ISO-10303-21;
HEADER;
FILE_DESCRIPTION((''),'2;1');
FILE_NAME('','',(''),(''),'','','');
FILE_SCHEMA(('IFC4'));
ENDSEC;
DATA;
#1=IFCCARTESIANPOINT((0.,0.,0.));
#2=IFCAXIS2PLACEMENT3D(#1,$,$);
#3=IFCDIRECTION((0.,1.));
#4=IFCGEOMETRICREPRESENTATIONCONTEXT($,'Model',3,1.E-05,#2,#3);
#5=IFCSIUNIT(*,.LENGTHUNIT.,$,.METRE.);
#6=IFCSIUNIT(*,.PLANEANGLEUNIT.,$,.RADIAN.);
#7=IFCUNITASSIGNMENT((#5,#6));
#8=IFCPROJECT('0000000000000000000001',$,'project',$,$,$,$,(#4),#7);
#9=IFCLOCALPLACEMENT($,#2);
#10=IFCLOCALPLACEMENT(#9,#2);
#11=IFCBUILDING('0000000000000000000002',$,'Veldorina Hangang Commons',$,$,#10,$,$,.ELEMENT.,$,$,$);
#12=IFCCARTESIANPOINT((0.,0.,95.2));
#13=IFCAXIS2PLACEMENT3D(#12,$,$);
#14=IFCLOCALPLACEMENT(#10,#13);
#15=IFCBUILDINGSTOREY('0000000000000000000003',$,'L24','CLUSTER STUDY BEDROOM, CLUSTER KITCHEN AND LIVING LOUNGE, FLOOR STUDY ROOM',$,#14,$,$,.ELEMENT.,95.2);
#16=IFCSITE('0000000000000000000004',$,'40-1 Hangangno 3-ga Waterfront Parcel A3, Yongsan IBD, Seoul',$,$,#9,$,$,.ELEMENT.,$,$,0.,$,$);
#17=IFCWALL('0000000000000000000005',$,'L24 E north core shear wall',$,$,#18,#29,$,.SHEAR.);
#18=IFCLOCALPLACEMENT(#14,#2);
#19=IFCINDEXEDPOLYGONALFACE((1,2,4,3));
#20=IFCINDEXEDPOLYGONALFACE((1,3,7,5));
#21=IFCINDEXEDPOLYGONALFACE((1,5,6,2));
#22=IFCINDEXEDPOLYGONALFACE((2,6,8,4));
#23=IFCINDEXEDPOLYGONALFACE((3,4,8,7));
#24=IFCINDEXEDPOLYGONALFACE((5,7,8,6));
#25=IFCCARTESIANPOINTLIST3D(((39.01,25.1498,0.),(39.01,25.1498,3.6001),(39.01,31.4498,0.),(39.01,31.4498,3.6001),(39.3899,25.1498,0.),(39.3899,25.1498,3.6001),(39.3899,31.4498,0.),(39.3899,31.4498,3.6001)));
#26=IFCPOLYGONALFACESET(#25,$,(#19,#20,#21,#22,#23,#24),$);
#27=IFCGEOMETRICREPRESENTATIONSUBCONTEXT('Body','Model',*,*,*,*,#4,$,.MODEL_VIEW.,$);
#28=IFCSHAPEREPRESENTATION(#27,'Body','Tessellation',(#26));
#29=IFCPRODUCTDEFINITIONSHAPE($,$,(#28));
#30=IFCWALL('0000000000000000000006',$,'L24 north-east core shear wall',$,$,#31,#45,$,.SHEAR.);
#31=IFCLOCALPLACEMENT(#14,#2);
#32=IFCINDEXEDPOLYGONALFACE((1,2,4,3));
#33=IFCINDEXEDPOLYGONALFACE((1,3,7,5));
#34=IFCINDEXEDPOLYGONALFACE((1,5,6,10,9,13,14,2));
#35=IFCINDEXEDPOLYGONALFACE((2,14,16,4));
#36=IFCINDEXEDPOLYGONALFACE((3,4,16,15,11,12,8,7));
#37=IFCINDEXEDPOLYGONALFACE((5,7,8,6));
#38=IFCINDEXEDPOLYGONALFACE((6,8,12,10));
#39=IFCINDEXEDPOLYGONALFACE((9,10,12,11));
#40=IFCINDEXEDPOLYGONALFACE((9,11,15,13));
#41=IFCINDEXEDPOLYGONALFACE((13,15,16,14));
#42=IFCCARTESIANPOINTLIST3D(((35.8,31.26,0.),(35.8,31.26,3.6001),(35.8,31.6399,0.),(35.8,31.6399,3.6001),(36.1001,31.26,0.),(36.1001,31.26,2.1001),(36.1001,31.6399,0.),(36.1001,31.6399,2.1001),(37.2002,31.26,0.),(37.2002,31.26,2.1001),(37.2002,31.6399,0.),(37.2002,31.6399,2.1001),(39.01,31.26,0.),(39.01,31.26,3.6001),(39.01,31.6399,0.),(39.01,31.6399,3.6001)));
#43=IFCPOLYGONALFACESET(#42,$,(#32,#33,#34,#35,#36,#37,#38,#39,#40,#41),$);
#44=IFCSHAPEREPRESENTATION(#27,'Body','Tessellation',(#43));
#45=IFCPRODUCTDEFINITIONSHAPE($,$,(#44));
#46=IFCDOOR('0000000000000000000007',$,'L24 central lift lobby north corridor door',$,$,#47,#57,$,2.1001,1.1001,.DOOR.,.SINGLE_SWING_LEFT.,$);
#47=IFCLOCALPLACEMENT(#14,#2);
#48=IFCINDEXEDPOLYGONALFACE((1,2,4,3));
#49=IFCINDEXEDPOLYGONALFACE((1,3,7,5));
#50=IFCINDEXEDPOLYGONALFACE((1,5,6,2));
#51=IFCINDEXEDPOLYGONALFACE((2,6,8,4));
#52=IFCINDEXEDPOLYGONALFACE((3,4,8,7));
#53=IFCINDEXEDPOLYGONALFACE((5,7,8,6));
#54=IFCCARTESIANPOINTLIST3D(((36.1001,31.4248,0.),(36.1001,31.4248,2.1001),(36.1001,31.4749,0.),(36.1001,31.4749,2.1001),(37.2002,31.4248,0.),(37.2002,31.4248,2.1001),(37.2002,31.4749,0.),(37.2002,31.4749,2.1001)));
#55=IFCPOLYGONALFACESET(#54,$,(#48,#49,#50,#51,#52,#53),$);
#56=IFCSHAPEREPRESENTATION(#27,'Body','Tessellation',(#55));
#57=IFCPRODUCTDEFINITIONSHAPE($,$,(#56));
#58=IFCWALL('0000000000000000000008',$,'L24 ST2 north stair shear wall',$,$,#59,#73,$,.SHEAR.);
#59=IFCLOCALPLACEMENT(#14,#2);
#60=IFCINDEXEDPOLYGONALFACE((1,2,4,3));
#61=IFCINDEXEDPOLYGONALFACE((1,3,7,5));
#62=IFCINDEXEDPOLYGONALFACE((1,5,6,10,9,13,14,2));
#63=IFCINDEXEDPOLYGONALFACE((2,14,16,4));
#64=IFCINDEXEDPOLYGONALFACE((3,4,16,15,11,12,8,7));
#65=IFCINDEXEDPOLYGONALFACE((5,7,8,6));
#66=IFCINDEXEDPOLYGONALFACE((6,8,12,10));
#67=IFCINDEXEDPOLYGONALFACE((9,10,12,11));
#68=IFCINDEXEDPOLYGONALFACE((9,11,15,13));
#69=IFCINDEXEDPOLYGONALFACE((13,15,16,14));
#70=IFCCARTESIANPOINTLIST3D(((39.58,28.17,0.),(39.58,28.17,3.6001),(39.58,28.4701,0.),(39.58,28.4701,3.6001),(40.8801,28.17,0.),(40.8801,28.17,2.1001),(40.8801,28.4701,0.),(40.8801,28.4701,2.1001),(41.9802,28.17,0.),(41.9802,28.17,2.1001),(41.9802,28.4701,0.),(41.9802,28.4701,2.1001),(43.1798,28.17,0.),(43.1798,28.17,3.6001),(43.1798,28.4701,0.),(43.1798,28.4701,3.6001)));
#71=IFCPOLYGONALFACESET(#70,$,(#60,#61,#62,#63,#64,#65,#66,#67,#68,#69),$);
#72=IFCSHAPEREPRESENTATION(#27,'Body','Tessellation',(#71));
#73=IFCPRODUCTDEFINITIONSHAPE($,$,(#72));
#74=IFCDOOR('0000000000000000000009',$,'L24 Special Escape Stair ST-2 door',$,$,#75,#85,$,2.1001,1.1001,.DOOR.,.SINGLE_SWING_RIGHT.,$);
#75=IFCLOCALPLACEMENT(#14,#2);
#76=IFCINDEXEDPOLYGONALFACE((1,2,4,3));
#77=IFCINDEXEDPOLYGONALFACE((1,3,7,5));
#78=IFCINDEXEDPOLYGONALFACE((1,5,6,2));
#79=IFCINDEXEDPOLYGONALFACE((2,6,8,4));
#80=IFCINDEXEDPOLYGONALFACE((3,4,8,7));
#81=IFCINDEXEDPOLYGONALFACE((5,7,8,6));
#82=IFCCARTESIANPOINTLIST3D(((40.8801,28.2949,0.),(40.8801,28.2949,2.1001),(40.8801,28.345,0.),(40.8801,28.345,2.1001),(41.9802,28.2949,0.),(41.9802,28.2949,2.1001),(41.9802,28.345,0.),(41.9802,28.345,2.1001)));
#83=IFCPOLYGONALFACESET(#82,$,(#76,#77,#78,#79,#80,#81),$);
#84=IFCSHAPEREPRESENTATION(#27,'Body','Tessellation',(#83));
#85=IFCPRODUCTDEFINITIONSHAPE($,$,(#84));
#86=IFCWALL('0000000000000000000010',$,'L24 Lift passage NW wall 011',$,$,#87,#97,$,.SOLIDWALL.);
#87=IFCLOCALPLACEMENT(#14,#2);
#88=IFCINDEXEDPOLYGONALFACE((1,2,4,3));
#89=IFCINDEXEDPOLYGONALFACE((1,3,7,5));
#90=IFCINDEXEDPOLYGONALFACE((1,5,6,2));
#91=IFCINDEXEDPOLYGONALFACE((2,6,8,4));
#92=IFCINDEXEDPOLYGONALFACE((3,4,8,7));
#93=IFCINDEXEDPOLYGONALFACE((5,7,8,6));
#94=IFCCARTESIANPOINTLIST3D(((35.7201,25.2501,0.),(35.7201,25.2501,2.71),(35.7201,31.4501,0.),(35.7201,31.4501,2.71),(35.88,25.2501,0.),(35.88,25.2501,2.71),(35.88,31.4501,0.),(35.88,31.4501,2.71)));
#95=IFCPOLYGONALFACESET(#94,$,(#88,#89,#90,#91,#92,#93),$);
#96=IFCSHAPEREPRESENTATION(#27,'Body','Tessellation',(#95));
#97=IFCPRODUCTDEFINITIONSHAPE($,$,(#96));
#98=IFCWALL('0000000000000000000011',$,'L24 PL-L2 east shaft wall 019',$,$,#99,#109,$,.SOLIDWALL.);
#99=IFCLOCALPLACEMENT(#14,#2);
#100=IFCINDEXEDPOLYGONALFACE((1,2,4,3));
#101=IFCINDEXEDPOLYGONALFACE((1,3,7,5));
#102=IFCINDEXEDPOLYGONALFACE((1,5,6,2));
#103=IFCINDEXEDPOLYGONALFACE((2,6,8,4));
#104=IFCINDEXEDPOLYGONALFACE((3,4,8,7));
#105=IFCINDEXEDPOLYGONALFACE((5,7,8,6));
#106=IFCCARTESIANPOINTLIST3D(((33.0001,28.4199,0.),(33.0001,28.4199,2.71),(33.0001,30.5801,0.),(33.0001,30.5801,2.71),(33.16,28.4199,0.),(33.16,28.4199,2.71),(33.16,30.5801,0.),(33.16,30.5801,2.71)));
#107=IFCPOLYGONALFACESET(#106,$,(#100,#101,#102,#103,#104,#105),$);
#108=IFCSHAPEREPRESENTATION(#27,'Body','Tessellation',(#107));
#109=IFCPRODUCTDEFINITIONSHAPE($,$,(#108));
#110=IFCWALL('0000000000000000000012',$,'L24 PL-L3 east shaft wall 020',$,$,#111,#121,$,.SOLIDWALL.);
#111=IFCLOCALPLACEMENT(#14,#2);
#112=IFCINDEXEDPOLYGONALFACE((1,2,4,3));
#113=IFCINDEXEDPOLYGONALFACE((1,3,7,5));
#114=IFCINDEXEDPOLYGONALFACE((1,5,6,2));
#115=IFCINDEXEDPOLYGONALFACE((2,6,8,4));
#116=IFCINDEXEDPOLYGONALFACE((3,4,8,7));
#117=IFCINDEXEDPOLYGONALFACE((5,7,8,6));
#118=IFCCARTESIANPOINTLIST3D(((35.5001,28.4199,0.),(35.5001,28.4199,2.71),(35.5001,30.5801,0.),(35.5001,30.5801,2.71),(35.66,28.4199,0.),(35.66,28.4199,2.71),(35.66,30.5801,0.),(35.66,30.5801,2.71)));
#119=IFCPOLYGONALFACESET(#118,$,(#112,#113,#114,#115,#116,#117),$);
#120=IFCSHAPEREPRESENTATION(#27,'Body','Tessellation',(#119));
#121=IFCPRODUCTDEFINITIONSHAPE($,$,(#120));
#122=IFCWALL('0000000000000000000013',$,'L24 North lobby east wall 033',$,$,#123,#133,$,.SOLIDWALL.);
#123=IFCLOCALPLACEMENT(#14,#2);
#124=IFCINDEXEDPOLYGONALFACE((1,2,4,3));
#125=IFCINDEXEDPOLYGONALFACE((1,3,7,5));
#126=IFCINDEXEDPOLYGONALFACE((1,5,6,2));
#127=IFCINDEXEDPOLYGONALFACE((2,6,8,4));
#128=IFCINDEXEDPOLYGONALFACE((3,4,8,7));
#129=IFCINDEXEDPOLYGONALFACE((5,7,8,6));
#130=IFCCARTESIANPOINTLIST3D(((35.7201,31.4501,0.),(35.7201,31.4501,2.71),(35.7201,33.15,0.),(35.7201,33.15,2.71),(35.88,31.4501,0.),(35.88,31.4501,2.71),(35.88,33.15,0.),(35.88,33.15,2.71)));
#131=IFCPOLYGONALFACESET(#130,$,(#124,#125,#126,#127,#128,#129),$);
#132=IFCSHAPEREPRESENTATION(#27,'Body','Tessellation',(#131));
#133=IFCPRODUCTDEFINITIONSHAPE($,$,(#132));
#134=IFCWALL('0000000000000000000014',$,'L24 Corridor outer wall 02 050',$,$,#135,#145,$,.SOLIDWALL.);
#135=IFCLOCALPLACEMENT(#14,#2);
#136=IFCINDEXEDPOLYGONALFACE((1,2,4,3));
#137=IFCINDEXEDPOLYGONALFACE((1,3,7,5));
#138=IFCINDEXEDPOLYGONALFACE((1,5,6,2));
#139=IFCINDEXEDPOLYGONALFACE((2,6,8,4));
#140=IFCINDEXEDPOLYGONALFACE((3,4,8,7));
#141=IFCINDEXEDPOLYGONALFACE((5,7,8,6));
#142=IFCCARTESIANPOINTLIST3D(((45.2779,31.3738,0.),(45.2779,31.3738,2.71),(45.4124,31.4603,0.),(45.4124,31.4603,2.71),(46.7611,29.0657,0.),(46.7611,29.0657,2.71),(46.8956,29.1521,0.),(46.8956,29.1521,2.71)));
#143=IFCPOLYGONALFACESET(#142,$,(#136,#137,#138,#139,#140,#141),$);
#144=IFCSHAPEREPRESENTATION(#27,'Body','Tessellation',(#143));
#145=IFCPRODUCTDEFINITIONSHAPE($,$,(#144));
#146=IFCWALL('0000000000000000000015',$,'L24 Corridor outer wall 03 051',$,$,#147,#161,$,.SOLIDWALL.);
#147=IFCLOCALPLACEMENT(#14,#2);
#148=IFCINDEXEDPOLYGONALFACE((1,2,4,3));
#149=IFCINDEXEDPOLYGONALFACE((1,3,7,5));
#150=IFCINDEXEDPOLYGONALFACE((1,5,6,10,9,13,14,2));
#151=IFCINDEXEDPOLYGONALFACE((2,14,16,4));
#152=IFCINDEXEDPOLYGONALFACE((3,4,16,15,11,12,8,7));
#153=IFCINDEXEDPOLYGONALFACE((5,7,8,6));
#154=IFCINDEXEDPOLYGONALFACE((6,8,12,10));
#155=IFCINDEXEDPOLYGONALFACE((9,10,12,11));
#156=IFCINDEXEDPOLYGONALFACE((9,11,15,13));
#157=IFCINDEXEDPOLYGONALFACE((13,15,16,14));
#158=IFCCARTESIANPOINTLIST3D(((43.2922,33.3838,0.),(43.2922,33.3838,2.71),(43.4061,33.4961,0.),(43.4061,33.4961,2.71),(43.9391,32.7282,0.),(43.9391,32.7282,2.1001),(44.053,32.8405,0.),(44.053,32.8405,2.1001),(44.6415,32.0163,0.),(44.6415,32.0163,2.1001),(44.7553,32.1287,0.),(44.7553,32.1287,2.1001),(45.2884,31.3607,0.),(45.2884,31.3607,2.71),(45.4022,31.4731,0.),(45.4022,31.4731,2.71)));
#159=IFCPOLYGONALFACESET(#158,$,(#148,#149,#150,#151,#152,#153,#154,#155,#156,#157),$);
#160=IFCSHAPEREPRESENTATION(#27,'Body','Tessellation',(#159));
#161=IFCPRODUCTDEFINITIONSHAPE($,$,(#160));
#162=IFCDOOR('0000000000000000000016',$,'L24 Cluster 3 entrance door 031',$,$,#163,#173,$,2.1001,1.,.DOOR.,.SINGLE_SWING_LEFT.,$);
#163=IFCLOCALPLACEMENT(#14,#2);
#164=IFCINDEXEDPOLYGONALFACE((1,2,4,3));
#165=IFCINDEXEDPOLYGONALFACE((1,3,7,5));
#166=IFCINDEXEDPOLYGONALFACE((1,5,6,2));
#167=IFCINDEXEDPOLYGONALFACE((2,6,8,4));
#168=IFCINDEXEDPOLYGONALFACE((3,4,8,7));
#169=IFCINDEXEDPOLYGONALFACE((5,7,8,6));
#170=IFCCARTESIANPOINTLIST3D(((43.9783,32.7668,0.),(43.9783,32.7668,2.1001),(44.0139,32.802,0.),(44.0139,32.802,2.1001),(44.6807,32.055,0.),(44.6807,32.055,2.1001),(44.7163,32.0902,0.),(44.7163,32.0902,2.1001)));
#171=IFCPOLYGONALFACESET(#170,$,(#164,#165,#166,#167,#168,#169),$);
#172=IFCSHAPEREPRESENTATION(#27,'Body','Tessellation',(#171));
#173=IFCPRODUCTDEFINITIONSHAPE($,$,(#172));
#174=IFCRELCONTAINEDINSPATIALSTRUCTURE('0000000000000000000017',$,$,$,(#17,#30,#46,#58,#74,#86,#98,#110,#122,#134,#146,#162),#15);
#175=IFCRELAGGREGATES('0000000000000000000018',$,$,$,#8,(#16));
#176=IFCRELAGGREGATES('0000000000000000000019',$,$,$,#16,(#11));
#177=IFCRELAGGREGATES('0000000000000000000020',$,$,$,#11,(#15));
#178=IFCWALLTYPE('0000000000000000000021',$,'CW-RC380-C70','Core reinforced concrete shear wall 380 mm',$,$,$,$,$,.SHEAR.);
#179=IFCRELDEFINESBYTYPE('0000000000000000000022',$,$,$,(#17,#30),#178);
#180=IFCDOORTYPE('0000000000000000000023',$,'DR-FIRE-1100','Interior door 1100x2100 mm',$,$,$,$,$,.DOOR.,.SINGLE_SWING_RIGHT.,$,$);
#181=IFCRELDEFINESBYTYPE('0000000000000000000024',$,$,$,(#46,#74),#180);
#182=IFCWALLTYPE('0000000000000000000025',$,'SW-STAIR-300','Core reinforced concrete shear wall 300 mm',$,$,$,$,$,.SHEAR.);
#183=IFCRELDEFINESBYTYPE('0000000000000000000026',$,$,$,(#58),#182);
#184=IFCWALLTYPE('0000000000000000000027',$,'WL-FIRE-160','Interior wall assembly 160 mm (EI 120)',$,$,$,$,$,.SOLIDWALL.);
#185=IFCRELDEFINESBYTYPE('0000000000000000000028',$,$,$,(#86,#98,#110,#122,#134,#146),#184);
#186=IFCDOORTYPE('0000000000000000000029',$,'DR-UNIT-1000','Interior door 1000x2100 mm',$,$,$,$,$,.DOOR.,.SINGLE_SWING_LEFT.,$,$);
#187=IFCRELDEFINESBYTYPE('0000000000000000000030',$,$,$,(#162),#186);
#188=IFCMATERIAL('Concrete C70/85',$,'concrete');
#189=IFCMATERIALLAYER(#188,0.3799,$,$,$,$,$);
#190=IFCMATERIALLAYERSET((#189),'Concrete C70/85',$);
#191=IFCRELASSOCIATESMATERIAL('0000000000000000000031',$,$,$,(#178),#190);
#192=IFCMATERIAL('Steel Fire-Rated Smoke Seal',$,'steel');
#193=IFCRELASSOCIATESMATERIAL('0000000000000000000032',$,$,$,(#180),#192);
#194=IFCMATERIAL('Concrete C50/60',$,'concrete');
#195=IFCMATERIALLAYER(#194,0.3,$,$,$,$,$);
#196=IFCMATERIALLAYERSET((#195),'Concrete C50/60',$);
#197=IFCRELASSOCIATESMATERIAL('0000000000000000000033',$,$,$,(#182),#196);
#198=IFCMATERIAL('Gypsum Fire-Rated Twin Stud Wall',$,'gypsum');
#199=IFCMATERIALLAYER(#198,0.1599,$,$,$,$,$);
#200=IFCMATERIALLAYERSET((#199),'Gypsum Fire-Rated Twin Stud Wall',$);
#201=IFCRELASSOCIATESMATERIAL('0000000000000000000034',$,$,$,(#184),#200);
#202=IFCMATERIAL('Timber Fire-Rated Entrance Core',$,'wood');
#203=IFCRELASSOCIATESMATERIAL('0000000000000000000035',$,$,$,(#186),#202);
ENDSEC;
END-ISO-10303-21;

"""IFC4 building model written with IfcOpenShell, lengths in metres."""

from ifc_helpers import new_model, si_unit, direction, frame, frame_2d, origin, place, context, subcontext, project, spatial, rectangle, extrude, material, layer, layer_set, type_object, element, fill, save


model = new_model("IFC4")

# Units and contexts
model_context = context("Model", 3, precision=1e-05, world=origin(), true_north=direction((0.0, 1.0)))
body_context = subcontext(model_context, "Body", "Model", "MODEL_VIEW")
ifc_project = project(units=[si_unit("LENGTHUNIT", "METRE"), si_unit("PLANEANGLEUNIT", "RADIAN")], contexts=[model_context])

# Site, building, storey
site_placement = place(None, origin())
site = spatial("IfcSite", under=ifc_project, at=site_placement, Name="40-1 Hangangno 3-ga Waterfront Parcel A3, Yongsan IBD, Seoul", CompositionType="ELEMENT", RefElevation=0.0)
building_placement = place(site_placement, origin())
building = spatial("IfcBuilding", under=site, at=building_placement, Name="Veldorina Hangang Commons", CompositionType="ELEMENT")
storey_placement = place(building_placement, frame((0.0, 0.0, 95.2)))
storey = spatial("IfcBuildingStorey", under=building, at=storey_placement, Name="L24", Description="CLUSTER STUDY BEDROOM, CLUSTER KITCHEN AND LIVING LOUNGE, FLOOR STUDY ROOM", CompositionType="ELEMENT", Elevation=95.2)

# Wall
ifc_material_1 = material(Name="Concrete C70/85", Category="concrete")
ifc_layer_1 = layer(ifc_material_1, 0.3799)
ifc_layer_set_1 = layer_set([ifc_layer_1], Name="Concrete C70/85")
wall_type_1 = type_object("IfcWallType", Name="CW-RC380-C70", Description="Core reinforced concrete shear wall 380 mm", PredefinedType="SHEAR", material=ifc_layer_set_1)
wall_1_placement = place(storey_placement, frame((39.2, 25.1499, 0.0), z_axis=(0.0, 0.0, 1.0), x_axis=(0.0, 1.0, 0.0)))
element("IfcWall", 1, at=wall_1_placement, inside=storey, type_object=wall_type_1, Name="L24 E north core shear wall", PredefinedType="SHEAR", context=body_context, shape_type="SweptSolid", body=[
    extrude(rectangle(XDim=6.3, YDim=0.3799, at=frame_2d((3.1499, 0.0))), origin(), (0.0, 0.0, 1.0), 3.6001),
])

# Walls, openings, doors
wall_2_placement = place(storey_placement, frame((35.8, 31.45, 0.0), z_axis=(0.0, 0.0, 1.0), x_axis=(1.0, 0.0, 0.0)))
wall_2 = element("IfcWall", 2, at=wall_2_placement, inside=storey, type_object=wall_type_1, Name="L24 north-east core shear wall", PredefinedType="SHEAR", context=body_context, shape_type="SweptSolid", body=[
    extrude(rectangle(XDim=3.21, YDim=0.3799, at=frame_2d((1.605, 0.0))), origin(), (0.0, 0.0, 1.0), 3.6001),
])
opening_1_placement = place(wall_2_placement, frame((0.3, 0.0, 0.0)))
opening_1 = element("IfcOpeningElement", 3, at=opening_1_placement, cuts=wall_2, PredefinedType="OPENING", context=body_context, shape_type="SweptSolid", body=[
    extrude(rectangle(XDim=1.1001, YDim=2.1001, at=frame_2d((0.55, 1.05))), frame((0.0, 0.2, 0.0), z_axis=(0.0, -1.0, 0.0), x_axis=(1.0, 0.0, 0.0)), (0.0, 0.0, 1.0), 0.3999),
])
ifc_material_2 = material(Name="Steel Fire-Rated Smoke Seal", Category="steel")
door_type_1 = type_object("IfcDoorType", Name="DR-FIRE-1100", Description="Interior door 1100x2100 mm", OperationType="SINGLE_SWING_RIGHT", PredefinedType="DOOR", material=ifc_material_2)
door_1_placement = place(opening_1_placement, origin())
door_1 = element("IfcDoor", 4, at=door_1_placement, inside=storey, type_object=door_type_1, Name="L24 central lift lobby north corridor door", OperationType="SINGLE_SWING_LEFT", OverallHeight=2.1001, OverallWidth=1.1001, PredefinedType="DOOR", context=body_context, shape_type="SweptSolid", body=[
    extrude(rectangle(XDim=1.1001, YDim=2.1001, at=frame_2d((0.55, 1.05))), frame((0.0, 0.0249, 0.0), z_axis=(0.0, -1.0, 0.0), x_axis=(1.0, 0.0, 0.0)), (0.0, 0.0, 1.0), 0.05),
])
fill(opening_1, door_1)
ifc_material_3 = material(Name="Concrete C50/60", Category="concrete")
ifc_layer_2 = layer(ifc_material_3, 0.3)
ifc_layer_set_2 = layer_set([ifc_layer_2], Name="Concrete C50/60")
wall_type_2 = type_object("IfcWallType", Name="SW-STAIR-300", Description="Core reinforced concrete shear wall 300 mm", PredefinedType="SHEAR", material=ifc_layer_set_2)
wall_3_placement = place(storey_placement, frame((39.5801, 28.3201, 0.0), z_axis=(0.0, 0.0, 1.0), x_axis=(1.0, 0.0, 0.0)))
wall_3 = element("IfcWall", 5, at=wall_3_placement, inside=storey, type_object=wall_type_2, Name="L24 ST2 north stair shear wall", PredefinedType="SHEAR", context=body_context, shape_type="SweptSolid", body=[
    extrude(rectangle(XDim=3.5999, YDim=0.3, at=frame_2d((1.7998, 0.0))), origin(), (0.0, 0.0, 1.0), 3.6001),
])
opening_2_placement = place(wall_3_placement, frame((1.3, 0.0, 0.0)))
opening_2 = element("IfcOpeningElement", 6, at=opening_2_placement, cuts=wall_3, PredefinedType="OPENING", context=body_context, shape_type="SweptSolid", body=[
    extrude(rectangle(XDim=1.1001, YDim=2.1001, at=frame_2d((0.55, 1.05))), frame((0.0, 0.1602, 0.0), z_axis=(0.0, -1.0, 0.0), x_axis=(1.0, 0.0, 0.0)), (0.0, 0.0, 1.0), 0.3201),
])
door_2_placement = place(opening_2_placement, origin())
door_2 = element("IfcDoor", 7, at=door_2_placement, inside=storey, type_object=door_type_1, Name="L24 Special Escape Stair ST-2 door", OperationType="SINGLE_SWING_RIGHT", OverallHeight=2.1001, OverallWidth=1.1001, PredefinedType="DOOR", context=body_context, shape_type="SweptSolid", body=[
    extrude(rectangle(XDim=1.1001, YDim=2.1001, at=frame_2d((0.55, 1.05))), frame((0.0, 0.0249, 0.0), z_axis=(0.0, -1.0, 0.0), x_axis=(1.0, 0.0, 0.0)), (0.0, 0.0, 1.0), 0.05),
])
fill(opening_2, door_2)

# Walls
ifc_material_4 = material(Name="Gypsum Fire-Rated Twin Stud Wall", Category="gypsum")
ifc_layer_3 = layer(ifc_material_4, 0.1599)
ifc_layer_set_3 = layer_set([ifc_layer_3], Name="Gypsum Fire-Rated Twin Stud Wall")
wall_type_3 = type_object("IfcWallType", Name="WL-FIRE-160", Description="Interior wall assembly 160 mm (EI 120)", PredefinedType="SOLIDWALL", material=ifc_layer_set_3)
wall_4_placement = place(storey_placement, frame((35.8, 25.25, 0.0), z_axis=(0.0, 0.0, 1.0), x_axis=(0.0, 1.0, 0.0)))
element("IfcWall", 8, at=wall_4_placement, inside=storey, type_object=wall_type_3, Name="L24 Lift passage NW wall 011", PredefinedType="SOLIDWALL", context=body_context, shape_type="SweptSolid", body=[
    extrude(rectangle(XDim=6.2, YDim=0.1599, at=frame_2d((3.1001, 0.0))), origin(), (0.0, 0.0, 1.0), 2.71),
])
for number, where, z_axis, x_axis, name in (
    (9, (33.0801, 28.4199, 0.0), (0.0, 0.0, 1.0), (0.0, 1.0, 0.0), "L24 PL-L2 east shaft wall 019"),
    (10, (35.5801, 28.4199, 0.0), (0.0, 0.0, 1.0), (0.0, 1.0, 0.0), "L24 PL-L3 east shaft wall 020"),
):
    element("IfcWall", number, at=place(storey_placement, frame(where, z_axis=z_axis, x_axis=x_axis)), inside=storey, type_object=wall_type_3, Name=name, PredefinedType="SOLIDWALL", context=body_context, shape_type="SweptSolid", body=[
        extrude(rectangle(XDim=2.1602, YDim=0.1599, at=frame_2d((1.0801, 0.0))), origin(), (0.0, 0.0, 1.0), 2.71),
    ])
wall_5_placement = place(storey_placement, frame((35.8, 31.45, 0.0), z_axis=(0.0, 0.0, 1.0), x_axis=(0.0, 1.0, 0.0)))
element("IfcWall", 11, at=wall_5_placement, inside=storey, type_object=wall_type_3, Name="L24 North lobby east wall 033", PredefinedType="SOLIDWALL", context=body_context, shape_type="SweptSolid", body=[
    extrude(rectangle(XDim=1.7, YDim=0.1599, at=frame_2d((0.8501, 0.0))), origin(), (0.0, 0.0, 1.0), 2.71),
])
wall_6_placement = place(storey_placement, frame((46.8284, 29.1089, 0.0), z_axis=(0.0, 0.0, 1.0), x_axis=(-0.540596, 0.841283, 0.0)))
element("IfcWall", 12, at=wall_6_placement, inside=storey, type_object=wall_type_3, Name="L24 Corridor outer wall 02 050", PredefinedType="SOLIDWALL", context=body_context, shape_type="SweptSolid", body=[
    extrude(rectangle(XDim=2.7437, YDim=0.1599, at=frame_2d((1.3718, 0.0))), origin(), (0.0, 0.0, 1.0), 2.71),
])

# Wall, opening, door
wall_7_placement = place(storey_placement, frame((45.3452, 31.417, 0.0), z_axis=(0.0, 0.0, 1.0), x_axis=(-0.702366, 0.711816, 0.0)))
wall_7 = element("IfcWall", 13, at=wall_7_placement, inside=storey, type_object=wall_type_3, Name="L24 Corridor outer wall 03 051", PredefinedType="SOLIDWALL", context=body_context, shape_type="SweptSolid", body=[
    extrude(rectangle(XDim=2.842, YDim=0.1599, at=frame_2d((1.4209, 0.0))), origin(), (0.0, 0.0, 1.0), 2.71),
])
opening_3_placement = place(wall_7_placement, frame((0.9209, 0.0, 0.0)))
opening_3 = element("IfcOpeningElement", 14, at=opening_3_placement, cuts=wall_7, PredefinedType="OPENING", context=body_context, shape_type="SweptSolid", body=[
    extrude(rectangle(XDim=1.0, YDim=2.1001, at=frame_2d((0.5, 1.05))), frame((0.0, 0.0898, 0.0), z_axis=(0.0, -1.0, 0.0), x_axis=(1.0, 0.0, 0.0)), (0.0, 0.0, 1.0), 0.1799),
])
ifc_material_5 = material(Name="Timber Fire-Rated Entrance Core", Category="wood")
door_type_2 = type_object("IfcDoorType", Name="DR-UNIT-1000", Description="Interior door 1000x2100 mm", OperationType="SINGLE_SWING_LEFT", PredefinedType="DOOR", material=ifc_material_5)
door_3_placement = place(opening_3_placement, origin())
door_3 = element("IfcDoor", 15, at=door_3_placement, inside=storey, type_object=door_type_2, Name="L24 Cluster 3 entrance door 031", OperationType="SINGLE_SWING_LEFT", OverallHeight=2.1001, OverallWidth=1.0, PredefinedType="DOOR", context=body_context, shape_type="SweptSolid", body=[
    extrude(rectangle(XDim=1.0, YDim=2.1001, at=frame_2d((0.5, 1.05))), frame((0.0, 0.0249, 0.0), z_axis=(0.0, -1.0, 0.0), x_axis=(1.0, 0.0, 0.0)), (0.0, 0.0, 1.0), 0.05),
])
fill(opening_3, door_3)

save(model, "model.ifc")
